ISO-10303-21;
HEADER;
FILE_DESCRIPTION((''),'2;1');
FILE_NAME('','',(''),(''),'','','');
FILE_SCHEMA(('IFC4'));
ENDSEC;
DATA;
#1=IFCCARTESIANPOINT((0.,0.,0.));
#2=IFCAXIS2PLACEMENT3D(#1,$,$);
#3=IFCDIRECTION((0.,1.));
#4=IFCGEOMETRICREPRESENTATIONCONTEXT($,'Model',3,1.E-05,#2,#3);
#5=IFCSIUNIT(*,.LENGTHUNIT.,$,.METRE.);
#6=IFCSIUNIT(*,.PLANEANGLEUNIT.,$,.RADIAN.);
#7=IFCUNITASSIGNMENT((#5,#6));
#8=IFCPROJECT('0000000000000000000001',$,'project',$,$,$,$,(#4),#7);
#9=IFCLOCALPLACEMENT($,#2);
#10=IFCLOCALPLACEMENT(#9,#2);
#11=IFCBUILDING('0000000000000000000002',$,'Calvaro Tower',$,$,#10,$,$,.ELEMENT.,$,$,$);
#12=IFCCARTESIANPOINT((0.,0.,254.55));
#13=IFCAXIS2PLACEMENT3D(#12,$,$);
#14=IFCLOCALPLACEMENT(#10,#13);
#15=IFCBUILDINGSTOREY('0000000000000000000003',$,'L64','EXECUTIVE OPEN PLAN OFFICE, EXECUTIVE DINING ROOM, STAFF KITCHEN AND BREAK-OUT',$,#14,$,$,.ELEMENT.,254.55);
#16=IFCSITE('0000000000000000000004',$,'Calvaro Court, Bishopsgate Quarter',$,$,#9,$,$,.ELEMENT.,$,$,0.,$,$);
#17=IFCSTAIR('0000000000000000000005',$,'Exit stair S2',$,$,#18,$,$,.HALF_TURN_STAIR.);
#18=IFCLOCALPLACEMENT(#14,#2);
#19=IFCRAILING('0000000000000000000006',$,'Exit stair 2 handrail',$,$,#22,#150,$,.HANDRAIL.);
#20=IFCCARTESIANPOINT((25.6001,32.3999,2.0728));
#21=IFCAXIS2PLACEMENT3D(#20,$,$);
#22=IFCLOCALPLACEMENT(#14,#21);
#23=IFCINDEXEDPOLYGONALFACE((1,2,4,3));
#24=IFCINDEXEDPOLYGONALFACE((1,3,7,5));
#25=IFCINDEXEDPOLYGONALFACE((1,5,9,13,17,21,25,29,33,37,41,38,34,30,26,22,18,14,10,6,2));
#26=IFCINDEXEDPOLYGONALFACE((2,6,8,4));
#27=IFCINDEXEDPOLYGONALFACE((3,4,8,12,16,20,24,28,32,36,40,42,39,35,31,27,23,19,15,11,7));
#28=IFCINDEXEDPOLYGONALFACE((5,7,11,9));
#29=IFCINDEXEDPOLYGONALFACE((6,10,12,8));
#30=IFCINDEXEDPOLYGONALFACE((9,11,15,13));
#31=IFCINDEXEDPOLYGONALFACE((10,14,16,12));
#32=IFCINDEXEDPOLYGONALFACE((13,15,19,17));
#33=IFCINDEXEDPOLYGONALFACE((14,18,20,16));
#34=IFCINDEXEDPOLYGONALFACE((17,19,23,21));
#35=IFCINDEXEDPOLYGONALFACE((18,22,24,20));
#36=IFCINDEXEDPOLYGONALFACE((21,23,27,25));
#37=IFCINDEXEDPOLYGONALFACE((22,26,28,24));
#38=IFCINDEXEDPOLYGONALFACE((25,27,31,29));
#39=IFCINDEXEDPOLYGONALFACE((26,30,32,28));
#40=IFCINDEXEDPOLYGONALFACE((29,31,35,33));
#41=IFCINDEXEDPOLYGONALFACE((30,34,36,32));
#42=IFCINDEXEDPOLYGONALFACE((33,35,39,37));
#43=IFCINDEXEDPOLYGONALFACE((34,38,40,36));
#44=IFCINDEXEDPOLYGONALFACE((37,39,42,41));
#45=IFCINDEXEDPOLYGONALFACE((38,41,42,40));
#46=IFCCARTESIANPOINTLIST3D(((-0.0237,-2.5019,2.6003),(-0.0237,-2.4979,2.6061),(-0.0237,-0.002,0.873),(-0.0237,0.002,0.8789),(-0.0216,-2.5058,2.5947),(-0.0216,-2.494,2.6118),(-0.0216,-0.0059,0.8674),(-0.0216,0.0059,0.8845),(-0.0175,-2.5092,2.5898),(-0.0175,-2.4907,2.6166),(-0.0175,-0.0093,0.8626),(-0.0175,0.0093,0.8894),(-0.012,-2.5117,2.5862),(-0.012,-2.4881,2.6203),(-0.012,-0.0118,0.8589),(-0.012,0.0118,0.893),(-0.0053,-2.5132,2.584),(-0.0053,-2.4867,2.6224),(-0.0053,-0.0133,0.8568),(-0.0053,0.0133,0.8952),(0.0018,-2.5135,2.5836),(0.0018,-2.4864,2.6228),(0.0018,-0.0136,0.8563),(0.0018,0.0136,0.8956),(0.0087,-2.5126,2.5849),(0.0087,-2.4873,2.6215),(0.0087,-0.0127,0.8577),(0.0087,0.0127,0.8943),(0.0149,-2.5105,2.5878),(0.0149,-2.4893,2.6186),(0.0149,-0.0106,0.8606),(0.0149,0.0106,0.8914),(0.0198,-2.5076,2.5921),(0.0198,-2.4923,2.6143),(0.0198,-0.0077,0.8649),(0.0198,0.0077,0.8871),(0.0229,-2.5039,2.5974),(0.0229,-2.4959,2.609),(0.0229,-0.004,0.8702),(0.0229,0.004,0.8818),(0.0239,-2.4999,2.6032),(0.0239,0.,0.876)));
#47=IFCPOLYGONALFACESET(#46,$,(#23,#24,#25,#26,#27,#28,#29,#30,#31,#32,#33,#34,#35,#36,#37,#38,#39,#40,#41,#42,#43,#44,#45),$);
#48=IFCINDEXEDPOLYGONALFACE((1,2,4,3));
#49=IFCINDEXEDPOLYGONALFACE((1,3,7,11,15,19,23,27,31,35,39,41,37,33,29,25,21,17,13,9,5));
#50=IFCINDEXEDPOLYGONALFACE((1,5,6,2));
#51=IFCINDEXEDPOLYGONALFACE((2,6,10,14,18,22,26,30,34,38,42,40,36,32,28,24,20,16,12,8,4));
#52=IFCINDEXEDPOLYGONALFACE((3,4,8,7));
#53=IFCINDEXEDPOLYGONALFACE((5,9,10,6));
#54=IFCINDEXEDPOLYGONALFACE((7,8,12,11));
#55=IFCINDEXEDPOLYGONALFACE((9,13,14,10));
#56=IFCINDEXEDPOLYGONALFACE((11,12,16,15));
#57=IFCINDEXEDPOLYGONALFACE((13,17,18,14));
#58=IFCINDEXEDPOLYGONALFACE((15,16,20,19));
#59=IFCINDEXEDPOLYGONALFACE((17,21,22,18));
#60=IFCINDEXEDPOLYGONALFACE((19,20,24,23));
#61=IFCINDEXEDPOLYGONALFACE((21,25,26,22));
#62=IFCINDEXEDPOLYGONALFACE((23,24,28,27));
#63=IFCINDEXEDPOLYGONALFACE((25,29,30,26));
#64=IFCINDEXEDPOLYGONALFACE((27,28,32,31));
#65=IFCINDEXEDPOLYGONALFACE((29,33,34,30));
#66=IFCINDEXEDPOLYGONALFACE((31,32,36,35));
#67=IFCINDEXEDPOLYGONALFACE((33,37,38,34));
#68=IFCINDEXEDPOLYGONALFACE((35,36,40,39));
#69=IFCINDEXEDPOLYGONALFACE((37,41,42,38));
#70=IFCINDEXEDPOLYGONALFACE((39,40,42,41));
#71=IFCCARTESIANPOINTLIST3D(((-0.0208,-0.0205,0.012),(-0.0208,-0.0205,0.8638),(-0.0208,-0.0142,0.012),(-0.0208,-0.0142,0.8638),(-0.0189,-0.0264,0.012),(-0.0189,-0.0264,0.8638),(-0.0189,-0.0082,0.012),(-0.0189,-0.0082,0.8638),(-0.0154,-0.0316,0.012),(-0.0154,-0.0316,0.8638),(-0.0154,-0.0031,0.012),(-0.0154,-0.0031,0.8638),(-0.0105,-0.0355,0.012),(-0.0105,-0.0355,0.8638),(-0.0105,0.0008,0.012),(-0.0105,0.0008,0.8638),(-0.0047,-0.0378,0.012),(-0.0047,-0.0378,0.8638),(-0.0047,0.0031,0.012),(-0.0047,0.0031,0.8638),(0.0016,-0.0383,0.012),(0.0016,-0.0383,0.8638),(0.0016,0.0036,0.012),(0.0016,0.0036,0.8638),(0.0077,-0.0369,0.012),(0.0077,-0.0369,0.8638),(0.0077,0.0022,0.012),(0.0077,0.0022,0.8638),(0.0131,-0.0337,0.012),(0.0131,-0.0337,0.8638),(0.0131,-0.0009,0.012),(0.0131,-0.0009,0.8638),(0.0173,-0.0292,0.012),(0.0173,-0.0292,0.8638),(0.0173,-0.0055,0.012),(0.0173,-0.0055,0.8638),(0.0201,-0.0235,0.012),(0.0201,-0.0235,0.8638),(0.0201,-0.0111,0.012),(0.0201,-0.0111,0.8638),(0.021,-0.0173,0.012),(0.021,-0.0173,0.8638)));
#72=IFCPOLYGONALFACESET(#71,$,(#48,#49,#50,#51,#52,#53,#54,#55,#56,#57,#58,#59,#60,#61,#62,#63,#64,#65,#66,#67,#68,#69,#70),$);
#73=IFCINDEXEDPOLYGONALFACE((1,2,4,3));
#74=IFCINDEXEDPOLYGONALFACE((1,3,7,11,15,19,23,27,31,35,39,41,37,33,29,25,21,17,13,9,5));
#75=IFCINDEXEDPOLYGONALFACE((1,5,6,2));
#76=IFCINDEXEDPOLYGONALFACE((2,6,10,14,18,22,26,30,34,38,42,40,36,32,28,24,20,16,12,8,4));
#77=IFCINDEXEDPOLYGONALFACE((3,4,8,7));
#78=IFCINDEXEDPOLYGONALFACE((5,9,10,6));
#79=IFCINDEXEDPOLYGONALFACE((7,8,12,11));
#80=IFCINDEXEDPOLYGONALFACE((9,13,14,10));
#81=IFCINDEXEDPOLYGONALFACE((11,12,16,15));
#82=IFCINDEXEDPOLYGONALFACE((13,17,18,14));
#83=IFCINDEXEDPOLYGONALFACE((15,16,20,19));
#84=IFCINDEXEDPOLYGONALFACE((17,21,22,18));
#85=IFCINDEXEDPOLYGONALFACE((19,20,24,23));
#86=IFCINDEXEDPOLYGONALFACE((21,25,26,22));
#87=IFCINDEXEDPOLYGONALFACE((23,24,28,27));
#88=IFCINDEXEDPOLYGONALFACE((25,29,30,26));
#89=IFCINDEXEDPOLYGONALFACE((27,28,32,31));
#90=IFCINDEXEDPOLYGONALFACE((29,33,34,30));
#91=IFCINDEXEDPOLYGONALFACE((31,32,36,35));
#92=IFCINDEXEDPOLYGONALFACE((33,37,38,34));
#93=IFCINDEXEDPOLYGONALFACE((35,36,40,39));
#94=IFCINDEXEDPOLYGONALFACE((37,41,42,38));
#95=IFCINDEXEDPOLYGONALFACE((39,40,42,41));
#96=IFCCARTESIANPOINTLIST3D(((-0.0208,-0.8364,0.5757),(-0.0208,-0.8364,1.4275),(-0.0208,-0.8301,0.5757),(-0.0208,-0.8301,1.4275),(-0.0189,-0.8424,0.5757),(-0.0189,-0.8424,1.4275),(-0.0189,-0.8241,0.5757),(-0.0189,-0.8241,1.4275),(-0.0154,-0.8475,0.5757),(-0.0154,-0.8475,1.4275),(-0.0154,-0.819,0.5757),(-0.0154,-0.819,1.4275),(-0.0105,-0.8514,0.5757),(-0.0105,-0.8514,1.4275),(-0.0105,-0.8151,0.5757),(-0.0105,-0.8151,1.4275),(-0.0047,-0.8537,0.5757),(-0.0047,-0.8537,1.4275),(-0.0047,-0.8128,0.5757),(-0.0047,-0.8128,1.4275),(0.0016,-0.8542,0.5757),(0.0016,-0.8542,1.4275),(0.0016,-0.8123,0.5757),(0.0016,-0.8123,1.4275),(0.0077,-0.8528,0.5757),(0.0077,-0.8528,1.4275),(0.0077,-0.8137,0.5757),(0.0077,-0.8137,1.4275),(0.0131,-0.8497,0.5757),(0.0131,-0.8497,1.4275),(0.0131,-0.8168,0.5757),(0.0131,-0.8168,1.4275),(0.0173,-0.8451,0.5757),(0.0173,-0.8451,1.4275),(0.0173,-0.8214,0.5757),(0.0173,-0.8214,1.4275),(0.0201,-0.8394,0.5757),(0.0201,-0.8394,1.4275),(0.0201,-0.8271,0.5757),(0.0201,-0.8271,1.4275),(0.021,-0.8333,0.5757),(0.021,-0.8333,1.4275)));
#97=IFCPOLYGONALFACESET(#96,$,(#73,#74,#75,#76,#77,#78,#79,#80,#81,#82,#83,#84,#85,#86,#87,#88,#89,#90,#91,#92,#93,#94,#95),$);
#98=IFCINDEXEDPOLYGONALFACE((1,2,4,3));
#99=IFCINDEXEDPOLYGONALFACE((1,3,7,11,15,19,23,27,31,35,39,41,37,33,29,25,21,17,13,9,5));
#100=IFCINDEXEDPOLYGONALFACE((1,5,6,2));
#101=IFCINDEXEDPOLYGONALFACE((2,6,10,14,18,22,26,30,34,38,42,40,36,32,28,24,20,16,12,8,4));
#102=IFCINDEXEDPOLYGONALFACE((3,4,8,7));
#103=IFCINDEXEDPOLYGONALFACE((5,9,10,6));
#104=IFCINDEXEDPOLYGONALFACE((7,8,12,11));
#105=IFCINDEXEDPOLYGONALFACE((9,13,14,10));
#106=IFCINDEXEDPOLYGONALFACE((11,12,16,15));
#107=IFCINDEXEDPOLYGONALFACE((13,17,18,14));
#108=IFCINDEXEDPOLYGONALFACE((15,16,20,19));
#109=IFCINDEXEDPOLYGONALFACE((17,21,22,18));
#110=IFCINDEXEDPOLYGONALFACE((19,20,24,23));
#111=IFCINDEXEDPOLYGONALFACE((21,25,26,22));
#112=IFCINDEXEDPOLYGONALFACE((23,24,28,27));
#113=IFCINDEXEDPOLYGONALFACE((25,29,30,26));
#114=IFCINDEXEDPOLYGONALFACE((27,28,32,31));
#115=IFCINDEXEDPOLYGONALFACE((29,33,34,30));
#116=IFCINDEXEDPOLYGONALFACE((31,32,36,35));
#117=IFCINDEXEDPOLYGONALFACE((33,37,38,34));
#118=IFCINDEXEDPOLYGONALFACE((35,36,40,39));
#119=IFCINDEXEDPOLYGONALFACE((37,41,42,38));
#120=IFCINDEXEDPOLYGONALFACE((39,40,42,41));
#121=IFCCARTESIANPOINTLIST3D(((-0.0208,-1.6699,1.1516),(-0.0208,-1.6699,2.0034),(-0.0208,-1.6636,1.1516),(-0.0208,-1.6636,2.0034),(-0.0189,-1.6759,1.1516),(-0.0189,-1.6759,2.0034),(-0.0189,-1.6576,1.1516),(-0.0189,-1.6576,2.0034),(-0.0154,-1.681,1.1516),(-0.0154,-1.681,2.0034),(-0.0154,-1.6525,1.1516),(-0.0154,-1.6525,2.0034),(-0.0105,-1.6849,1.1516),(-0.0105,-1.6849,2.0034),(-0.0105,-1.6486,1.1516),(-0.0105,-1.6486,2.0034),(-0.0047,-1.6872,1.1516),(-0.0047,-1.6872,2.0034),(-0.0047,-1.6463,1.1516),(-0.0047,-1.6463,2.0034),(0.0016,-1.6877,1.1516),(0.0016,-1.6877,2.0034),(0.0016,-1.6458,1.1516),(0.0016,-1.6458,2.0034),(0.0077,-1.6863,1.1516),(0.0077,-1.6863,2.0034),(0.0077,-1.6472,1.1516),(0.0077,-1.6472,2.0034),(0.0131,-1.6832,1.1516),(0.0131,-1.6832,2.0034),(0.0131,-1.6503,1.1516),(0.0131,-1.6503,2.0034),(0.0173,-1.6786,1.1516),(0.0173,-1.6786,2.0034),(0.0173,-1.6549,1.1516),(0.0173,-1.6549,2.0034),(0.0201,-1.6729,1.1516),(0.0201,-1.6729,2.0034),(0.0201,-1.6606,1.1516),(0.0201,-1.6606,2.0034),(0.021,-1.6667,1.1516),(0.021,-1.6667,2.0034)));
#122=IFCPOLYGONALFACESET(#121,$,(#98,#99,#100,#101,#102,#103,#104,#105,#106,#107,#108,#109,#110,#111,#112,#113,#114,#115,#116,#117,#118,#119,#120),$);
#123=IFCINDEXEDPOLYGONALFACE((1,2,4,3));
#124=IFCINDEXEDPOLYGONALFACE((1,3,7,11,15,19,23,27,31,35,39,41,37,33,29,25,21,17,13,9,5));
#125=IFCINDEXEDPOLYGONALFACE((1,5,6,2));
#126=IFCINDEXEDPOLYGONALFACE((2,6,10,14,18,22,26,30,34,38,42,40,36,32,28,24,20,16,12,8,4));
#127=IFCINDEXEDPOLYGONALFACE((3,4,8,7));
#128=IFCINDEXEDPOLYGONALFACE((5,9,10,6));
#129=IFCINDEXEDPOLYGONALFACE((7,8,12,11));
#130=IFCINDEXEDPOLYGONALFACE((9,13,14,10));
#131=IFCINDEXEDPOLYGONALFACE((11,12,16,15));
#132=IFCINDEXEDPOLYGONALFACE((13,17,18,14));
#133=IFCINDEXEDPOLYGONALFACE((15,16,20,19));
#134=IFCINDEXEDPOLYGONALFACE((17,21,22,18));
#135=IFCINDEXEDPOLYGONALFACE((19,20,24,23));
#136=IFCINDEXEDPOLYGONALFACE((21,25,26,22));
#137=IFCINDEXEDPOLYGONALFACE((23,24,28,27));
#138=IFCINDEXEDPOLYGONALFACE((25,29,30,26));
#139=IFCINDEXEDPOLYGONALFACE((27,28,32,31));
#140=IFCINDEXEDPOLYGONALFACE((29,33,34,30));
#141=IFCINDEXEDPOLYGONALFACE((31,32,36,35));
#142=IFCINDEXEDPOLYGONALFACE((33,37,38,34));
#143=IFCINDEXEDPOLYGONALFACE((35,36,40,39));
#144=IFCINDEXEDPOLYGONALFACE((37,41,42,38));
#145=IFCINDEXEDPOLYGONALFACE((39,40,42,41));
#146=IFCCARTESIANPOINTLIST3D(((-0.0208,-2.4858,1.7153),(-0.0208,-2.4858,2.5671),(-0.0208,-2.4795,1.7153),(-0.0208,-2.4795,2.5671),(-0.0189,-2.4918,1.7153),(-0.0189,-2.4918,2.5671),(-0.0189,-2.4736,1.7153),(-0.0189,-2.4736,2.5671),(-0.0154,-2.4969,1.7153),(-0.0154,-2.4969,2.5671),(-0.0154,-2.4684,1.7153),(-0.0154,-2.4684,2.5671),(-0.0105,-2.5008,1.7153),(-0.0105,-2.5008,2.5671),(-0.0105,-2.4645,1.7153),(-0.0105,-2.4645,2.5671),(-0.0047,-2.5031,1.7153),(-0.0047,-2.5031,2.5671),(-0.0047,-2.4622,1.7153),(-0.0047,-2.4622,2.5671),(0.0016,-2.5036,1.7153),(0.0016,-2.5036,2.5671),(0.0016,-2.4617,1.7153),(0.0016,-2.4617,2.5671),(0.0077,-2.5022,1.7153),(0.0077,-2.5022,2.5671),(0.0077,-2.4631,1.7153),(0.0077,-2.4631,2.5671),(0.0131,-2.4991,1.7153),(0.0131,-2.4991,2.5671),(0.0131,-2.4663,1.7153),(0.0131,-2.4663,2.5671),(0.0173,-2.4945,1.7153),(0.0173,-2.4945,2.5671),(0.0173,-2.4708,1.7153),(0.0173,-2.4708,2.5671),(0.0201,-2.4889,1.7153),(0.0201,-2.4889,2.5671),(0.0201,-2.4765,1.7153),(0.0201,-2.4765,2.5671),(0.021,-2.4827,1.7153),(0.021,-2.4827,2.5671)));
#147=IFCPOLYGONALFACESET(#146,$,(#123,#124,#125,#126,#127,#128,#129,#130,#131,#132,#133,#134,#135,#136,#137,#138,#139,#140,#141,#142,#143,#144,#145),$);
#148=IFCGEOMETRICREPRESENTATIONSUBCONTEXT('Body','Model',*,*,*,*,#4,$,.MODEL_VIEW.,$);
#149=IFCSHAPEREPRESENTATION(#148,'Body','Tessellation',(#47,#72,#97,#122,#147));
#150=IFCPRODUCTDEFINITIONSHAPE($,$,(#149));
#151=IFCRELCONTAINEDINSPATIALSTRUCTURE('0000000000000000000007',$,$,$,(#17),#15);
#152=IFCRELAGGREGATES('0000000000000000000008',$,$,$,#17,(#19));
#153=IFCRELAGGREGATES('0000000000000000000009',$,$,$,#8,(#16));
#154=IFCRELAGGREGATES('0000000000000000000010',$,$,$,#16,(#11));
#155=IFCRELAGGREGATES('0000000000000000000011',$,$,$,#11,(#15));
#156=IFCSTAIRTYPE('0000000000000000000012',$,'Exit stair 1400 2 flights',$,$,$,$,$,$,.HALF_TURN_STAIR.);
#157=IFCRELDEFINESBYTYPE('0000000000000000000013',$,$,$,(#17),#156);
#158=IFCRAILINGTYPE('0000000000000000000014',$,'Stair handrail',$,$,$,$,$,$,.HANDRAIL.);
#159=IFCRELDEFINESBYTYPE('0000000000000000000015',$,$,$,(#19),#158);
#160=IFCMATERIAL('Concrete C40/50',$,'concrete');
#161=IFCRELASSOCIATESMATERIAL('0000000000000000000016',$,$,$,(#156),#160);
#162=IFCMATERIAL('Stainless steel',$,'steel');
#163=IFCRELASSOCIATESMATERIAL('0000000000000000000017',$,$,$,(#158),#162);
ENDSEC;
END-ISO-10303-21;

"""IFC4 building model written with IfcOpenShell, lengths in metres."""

from ifc_helpers import new_model, si_unit, direction, frame, origin, origin_2d, place, context, subcontext, project, spatial, circle, extrude, material, type_object, element, aggregate, save


model = new_model("IFC4")

# Units and contexts
model_context = context("Model", 3, precision=1e-05, world=origin(), true_north=direction((0.0, 1.0)))
body_context = subcontext(model_context, "Body", "Model", "MODEL_VIEW")
ifc_project = project(units=[si_unit("LENGTHUNIT", "METRE"), si_unit("PLANEANGLEUNIT", "RADIAN")], contexts=[model_context])

# Site, building, storey
site_placement = place(None, origin())
site = spatial("IfcSite", under=ifc_project, at=site_placement, Name="Calvaro Court, Bishopsgate Quarter", CompositionType="ELEMENT", RefElevation=0.0)
building_placement = place(site_placement, origin())
building = spatial("IfcBuilding", under=site, at=building_placement, Name="Calvaro Tower", CompositionType="ELEMENT")
storey_placement = place(building_placement, frame((0.0, 0.0, 254.55)))
storey = spatial("IfcBuildingStorey", under=building, at=storey_placement, Name="L64", Description="EXECUTIVE OPEN PLAN OFFICE, EXECUTIVE DINING ROOM, STAFF KITCHEN AND BREAK-OUT", CompositionType="ELEMENT", Elevation=254.55)

# Stair, railing
ifc_material_1 = material(Name="Concrete C40/50", Category="concrete")
stair_type = type_object("IfcStairType", Name="Exit stair 1400 2 flights", PredefinedType="HALF_TURN_STAIR", material=ifc_material_1)
stair_placement = place(storey_placement, origin())
stair = element("IfcStair", 1, at=stair_placement, inside=storey, type_object=stair_type, Name="Exit stair S2", PredefinedType="HALF_TURN_STAIR")
ifc_material_2 = material(Name="Stainless steel", Category="steel")
railing_type = type_object("IfcRailingType", Name="Stair handrail", PredefinedType="HANDRAIL", material=ifc_material_2)
railing_1_placement = place(storey_placement, frame((25.6001, 32.3999, 2.0728)))
railing_1 = element("IfcRailing", 2, at=railing_1_placement, type_object=railing_type, Name="Exit stair 2 handrail", PredefinedType="HANDRAIL", context=body_context, shape_type="SweptSolid", body=[
    extrude(circle(Radius=0.0239, at=origin_2d()), frame((0.0, 0.0, 0.876), z_axis=(0.0, -0.822727, 0.568437), x_axis=(1.0, 0.0, 0.0)), (0.0, 0.0, 1.0), 3.0386),
    extrude(circle(Radius=0.021, at=origin_2d()), frame((0.0, -0.0173, 0.012)), (0.0, 0.0, 1.0), 0.8518),
    extrude(circle(Radius=0.021, at=origin_2d()), frame((0.0, -0.8333, 0.5757)), (0.0, 0.0, 1.0), 0.8518),
    extrude(circle(Radius=0.021, at=origin_2d()), frame((0.0, -1.6667, 1.1516)), (0.0, 0.0, 1.0), 0.8518),
    extrude(circle(Radius=0.021, at=origin_2d()), frame((0.0, -2.4827, 1.7153)), (0.0, 0.0, 1.0), 0.8518),
])
aggregate(stair, [railing_1])

save(model, "model.ifc")
